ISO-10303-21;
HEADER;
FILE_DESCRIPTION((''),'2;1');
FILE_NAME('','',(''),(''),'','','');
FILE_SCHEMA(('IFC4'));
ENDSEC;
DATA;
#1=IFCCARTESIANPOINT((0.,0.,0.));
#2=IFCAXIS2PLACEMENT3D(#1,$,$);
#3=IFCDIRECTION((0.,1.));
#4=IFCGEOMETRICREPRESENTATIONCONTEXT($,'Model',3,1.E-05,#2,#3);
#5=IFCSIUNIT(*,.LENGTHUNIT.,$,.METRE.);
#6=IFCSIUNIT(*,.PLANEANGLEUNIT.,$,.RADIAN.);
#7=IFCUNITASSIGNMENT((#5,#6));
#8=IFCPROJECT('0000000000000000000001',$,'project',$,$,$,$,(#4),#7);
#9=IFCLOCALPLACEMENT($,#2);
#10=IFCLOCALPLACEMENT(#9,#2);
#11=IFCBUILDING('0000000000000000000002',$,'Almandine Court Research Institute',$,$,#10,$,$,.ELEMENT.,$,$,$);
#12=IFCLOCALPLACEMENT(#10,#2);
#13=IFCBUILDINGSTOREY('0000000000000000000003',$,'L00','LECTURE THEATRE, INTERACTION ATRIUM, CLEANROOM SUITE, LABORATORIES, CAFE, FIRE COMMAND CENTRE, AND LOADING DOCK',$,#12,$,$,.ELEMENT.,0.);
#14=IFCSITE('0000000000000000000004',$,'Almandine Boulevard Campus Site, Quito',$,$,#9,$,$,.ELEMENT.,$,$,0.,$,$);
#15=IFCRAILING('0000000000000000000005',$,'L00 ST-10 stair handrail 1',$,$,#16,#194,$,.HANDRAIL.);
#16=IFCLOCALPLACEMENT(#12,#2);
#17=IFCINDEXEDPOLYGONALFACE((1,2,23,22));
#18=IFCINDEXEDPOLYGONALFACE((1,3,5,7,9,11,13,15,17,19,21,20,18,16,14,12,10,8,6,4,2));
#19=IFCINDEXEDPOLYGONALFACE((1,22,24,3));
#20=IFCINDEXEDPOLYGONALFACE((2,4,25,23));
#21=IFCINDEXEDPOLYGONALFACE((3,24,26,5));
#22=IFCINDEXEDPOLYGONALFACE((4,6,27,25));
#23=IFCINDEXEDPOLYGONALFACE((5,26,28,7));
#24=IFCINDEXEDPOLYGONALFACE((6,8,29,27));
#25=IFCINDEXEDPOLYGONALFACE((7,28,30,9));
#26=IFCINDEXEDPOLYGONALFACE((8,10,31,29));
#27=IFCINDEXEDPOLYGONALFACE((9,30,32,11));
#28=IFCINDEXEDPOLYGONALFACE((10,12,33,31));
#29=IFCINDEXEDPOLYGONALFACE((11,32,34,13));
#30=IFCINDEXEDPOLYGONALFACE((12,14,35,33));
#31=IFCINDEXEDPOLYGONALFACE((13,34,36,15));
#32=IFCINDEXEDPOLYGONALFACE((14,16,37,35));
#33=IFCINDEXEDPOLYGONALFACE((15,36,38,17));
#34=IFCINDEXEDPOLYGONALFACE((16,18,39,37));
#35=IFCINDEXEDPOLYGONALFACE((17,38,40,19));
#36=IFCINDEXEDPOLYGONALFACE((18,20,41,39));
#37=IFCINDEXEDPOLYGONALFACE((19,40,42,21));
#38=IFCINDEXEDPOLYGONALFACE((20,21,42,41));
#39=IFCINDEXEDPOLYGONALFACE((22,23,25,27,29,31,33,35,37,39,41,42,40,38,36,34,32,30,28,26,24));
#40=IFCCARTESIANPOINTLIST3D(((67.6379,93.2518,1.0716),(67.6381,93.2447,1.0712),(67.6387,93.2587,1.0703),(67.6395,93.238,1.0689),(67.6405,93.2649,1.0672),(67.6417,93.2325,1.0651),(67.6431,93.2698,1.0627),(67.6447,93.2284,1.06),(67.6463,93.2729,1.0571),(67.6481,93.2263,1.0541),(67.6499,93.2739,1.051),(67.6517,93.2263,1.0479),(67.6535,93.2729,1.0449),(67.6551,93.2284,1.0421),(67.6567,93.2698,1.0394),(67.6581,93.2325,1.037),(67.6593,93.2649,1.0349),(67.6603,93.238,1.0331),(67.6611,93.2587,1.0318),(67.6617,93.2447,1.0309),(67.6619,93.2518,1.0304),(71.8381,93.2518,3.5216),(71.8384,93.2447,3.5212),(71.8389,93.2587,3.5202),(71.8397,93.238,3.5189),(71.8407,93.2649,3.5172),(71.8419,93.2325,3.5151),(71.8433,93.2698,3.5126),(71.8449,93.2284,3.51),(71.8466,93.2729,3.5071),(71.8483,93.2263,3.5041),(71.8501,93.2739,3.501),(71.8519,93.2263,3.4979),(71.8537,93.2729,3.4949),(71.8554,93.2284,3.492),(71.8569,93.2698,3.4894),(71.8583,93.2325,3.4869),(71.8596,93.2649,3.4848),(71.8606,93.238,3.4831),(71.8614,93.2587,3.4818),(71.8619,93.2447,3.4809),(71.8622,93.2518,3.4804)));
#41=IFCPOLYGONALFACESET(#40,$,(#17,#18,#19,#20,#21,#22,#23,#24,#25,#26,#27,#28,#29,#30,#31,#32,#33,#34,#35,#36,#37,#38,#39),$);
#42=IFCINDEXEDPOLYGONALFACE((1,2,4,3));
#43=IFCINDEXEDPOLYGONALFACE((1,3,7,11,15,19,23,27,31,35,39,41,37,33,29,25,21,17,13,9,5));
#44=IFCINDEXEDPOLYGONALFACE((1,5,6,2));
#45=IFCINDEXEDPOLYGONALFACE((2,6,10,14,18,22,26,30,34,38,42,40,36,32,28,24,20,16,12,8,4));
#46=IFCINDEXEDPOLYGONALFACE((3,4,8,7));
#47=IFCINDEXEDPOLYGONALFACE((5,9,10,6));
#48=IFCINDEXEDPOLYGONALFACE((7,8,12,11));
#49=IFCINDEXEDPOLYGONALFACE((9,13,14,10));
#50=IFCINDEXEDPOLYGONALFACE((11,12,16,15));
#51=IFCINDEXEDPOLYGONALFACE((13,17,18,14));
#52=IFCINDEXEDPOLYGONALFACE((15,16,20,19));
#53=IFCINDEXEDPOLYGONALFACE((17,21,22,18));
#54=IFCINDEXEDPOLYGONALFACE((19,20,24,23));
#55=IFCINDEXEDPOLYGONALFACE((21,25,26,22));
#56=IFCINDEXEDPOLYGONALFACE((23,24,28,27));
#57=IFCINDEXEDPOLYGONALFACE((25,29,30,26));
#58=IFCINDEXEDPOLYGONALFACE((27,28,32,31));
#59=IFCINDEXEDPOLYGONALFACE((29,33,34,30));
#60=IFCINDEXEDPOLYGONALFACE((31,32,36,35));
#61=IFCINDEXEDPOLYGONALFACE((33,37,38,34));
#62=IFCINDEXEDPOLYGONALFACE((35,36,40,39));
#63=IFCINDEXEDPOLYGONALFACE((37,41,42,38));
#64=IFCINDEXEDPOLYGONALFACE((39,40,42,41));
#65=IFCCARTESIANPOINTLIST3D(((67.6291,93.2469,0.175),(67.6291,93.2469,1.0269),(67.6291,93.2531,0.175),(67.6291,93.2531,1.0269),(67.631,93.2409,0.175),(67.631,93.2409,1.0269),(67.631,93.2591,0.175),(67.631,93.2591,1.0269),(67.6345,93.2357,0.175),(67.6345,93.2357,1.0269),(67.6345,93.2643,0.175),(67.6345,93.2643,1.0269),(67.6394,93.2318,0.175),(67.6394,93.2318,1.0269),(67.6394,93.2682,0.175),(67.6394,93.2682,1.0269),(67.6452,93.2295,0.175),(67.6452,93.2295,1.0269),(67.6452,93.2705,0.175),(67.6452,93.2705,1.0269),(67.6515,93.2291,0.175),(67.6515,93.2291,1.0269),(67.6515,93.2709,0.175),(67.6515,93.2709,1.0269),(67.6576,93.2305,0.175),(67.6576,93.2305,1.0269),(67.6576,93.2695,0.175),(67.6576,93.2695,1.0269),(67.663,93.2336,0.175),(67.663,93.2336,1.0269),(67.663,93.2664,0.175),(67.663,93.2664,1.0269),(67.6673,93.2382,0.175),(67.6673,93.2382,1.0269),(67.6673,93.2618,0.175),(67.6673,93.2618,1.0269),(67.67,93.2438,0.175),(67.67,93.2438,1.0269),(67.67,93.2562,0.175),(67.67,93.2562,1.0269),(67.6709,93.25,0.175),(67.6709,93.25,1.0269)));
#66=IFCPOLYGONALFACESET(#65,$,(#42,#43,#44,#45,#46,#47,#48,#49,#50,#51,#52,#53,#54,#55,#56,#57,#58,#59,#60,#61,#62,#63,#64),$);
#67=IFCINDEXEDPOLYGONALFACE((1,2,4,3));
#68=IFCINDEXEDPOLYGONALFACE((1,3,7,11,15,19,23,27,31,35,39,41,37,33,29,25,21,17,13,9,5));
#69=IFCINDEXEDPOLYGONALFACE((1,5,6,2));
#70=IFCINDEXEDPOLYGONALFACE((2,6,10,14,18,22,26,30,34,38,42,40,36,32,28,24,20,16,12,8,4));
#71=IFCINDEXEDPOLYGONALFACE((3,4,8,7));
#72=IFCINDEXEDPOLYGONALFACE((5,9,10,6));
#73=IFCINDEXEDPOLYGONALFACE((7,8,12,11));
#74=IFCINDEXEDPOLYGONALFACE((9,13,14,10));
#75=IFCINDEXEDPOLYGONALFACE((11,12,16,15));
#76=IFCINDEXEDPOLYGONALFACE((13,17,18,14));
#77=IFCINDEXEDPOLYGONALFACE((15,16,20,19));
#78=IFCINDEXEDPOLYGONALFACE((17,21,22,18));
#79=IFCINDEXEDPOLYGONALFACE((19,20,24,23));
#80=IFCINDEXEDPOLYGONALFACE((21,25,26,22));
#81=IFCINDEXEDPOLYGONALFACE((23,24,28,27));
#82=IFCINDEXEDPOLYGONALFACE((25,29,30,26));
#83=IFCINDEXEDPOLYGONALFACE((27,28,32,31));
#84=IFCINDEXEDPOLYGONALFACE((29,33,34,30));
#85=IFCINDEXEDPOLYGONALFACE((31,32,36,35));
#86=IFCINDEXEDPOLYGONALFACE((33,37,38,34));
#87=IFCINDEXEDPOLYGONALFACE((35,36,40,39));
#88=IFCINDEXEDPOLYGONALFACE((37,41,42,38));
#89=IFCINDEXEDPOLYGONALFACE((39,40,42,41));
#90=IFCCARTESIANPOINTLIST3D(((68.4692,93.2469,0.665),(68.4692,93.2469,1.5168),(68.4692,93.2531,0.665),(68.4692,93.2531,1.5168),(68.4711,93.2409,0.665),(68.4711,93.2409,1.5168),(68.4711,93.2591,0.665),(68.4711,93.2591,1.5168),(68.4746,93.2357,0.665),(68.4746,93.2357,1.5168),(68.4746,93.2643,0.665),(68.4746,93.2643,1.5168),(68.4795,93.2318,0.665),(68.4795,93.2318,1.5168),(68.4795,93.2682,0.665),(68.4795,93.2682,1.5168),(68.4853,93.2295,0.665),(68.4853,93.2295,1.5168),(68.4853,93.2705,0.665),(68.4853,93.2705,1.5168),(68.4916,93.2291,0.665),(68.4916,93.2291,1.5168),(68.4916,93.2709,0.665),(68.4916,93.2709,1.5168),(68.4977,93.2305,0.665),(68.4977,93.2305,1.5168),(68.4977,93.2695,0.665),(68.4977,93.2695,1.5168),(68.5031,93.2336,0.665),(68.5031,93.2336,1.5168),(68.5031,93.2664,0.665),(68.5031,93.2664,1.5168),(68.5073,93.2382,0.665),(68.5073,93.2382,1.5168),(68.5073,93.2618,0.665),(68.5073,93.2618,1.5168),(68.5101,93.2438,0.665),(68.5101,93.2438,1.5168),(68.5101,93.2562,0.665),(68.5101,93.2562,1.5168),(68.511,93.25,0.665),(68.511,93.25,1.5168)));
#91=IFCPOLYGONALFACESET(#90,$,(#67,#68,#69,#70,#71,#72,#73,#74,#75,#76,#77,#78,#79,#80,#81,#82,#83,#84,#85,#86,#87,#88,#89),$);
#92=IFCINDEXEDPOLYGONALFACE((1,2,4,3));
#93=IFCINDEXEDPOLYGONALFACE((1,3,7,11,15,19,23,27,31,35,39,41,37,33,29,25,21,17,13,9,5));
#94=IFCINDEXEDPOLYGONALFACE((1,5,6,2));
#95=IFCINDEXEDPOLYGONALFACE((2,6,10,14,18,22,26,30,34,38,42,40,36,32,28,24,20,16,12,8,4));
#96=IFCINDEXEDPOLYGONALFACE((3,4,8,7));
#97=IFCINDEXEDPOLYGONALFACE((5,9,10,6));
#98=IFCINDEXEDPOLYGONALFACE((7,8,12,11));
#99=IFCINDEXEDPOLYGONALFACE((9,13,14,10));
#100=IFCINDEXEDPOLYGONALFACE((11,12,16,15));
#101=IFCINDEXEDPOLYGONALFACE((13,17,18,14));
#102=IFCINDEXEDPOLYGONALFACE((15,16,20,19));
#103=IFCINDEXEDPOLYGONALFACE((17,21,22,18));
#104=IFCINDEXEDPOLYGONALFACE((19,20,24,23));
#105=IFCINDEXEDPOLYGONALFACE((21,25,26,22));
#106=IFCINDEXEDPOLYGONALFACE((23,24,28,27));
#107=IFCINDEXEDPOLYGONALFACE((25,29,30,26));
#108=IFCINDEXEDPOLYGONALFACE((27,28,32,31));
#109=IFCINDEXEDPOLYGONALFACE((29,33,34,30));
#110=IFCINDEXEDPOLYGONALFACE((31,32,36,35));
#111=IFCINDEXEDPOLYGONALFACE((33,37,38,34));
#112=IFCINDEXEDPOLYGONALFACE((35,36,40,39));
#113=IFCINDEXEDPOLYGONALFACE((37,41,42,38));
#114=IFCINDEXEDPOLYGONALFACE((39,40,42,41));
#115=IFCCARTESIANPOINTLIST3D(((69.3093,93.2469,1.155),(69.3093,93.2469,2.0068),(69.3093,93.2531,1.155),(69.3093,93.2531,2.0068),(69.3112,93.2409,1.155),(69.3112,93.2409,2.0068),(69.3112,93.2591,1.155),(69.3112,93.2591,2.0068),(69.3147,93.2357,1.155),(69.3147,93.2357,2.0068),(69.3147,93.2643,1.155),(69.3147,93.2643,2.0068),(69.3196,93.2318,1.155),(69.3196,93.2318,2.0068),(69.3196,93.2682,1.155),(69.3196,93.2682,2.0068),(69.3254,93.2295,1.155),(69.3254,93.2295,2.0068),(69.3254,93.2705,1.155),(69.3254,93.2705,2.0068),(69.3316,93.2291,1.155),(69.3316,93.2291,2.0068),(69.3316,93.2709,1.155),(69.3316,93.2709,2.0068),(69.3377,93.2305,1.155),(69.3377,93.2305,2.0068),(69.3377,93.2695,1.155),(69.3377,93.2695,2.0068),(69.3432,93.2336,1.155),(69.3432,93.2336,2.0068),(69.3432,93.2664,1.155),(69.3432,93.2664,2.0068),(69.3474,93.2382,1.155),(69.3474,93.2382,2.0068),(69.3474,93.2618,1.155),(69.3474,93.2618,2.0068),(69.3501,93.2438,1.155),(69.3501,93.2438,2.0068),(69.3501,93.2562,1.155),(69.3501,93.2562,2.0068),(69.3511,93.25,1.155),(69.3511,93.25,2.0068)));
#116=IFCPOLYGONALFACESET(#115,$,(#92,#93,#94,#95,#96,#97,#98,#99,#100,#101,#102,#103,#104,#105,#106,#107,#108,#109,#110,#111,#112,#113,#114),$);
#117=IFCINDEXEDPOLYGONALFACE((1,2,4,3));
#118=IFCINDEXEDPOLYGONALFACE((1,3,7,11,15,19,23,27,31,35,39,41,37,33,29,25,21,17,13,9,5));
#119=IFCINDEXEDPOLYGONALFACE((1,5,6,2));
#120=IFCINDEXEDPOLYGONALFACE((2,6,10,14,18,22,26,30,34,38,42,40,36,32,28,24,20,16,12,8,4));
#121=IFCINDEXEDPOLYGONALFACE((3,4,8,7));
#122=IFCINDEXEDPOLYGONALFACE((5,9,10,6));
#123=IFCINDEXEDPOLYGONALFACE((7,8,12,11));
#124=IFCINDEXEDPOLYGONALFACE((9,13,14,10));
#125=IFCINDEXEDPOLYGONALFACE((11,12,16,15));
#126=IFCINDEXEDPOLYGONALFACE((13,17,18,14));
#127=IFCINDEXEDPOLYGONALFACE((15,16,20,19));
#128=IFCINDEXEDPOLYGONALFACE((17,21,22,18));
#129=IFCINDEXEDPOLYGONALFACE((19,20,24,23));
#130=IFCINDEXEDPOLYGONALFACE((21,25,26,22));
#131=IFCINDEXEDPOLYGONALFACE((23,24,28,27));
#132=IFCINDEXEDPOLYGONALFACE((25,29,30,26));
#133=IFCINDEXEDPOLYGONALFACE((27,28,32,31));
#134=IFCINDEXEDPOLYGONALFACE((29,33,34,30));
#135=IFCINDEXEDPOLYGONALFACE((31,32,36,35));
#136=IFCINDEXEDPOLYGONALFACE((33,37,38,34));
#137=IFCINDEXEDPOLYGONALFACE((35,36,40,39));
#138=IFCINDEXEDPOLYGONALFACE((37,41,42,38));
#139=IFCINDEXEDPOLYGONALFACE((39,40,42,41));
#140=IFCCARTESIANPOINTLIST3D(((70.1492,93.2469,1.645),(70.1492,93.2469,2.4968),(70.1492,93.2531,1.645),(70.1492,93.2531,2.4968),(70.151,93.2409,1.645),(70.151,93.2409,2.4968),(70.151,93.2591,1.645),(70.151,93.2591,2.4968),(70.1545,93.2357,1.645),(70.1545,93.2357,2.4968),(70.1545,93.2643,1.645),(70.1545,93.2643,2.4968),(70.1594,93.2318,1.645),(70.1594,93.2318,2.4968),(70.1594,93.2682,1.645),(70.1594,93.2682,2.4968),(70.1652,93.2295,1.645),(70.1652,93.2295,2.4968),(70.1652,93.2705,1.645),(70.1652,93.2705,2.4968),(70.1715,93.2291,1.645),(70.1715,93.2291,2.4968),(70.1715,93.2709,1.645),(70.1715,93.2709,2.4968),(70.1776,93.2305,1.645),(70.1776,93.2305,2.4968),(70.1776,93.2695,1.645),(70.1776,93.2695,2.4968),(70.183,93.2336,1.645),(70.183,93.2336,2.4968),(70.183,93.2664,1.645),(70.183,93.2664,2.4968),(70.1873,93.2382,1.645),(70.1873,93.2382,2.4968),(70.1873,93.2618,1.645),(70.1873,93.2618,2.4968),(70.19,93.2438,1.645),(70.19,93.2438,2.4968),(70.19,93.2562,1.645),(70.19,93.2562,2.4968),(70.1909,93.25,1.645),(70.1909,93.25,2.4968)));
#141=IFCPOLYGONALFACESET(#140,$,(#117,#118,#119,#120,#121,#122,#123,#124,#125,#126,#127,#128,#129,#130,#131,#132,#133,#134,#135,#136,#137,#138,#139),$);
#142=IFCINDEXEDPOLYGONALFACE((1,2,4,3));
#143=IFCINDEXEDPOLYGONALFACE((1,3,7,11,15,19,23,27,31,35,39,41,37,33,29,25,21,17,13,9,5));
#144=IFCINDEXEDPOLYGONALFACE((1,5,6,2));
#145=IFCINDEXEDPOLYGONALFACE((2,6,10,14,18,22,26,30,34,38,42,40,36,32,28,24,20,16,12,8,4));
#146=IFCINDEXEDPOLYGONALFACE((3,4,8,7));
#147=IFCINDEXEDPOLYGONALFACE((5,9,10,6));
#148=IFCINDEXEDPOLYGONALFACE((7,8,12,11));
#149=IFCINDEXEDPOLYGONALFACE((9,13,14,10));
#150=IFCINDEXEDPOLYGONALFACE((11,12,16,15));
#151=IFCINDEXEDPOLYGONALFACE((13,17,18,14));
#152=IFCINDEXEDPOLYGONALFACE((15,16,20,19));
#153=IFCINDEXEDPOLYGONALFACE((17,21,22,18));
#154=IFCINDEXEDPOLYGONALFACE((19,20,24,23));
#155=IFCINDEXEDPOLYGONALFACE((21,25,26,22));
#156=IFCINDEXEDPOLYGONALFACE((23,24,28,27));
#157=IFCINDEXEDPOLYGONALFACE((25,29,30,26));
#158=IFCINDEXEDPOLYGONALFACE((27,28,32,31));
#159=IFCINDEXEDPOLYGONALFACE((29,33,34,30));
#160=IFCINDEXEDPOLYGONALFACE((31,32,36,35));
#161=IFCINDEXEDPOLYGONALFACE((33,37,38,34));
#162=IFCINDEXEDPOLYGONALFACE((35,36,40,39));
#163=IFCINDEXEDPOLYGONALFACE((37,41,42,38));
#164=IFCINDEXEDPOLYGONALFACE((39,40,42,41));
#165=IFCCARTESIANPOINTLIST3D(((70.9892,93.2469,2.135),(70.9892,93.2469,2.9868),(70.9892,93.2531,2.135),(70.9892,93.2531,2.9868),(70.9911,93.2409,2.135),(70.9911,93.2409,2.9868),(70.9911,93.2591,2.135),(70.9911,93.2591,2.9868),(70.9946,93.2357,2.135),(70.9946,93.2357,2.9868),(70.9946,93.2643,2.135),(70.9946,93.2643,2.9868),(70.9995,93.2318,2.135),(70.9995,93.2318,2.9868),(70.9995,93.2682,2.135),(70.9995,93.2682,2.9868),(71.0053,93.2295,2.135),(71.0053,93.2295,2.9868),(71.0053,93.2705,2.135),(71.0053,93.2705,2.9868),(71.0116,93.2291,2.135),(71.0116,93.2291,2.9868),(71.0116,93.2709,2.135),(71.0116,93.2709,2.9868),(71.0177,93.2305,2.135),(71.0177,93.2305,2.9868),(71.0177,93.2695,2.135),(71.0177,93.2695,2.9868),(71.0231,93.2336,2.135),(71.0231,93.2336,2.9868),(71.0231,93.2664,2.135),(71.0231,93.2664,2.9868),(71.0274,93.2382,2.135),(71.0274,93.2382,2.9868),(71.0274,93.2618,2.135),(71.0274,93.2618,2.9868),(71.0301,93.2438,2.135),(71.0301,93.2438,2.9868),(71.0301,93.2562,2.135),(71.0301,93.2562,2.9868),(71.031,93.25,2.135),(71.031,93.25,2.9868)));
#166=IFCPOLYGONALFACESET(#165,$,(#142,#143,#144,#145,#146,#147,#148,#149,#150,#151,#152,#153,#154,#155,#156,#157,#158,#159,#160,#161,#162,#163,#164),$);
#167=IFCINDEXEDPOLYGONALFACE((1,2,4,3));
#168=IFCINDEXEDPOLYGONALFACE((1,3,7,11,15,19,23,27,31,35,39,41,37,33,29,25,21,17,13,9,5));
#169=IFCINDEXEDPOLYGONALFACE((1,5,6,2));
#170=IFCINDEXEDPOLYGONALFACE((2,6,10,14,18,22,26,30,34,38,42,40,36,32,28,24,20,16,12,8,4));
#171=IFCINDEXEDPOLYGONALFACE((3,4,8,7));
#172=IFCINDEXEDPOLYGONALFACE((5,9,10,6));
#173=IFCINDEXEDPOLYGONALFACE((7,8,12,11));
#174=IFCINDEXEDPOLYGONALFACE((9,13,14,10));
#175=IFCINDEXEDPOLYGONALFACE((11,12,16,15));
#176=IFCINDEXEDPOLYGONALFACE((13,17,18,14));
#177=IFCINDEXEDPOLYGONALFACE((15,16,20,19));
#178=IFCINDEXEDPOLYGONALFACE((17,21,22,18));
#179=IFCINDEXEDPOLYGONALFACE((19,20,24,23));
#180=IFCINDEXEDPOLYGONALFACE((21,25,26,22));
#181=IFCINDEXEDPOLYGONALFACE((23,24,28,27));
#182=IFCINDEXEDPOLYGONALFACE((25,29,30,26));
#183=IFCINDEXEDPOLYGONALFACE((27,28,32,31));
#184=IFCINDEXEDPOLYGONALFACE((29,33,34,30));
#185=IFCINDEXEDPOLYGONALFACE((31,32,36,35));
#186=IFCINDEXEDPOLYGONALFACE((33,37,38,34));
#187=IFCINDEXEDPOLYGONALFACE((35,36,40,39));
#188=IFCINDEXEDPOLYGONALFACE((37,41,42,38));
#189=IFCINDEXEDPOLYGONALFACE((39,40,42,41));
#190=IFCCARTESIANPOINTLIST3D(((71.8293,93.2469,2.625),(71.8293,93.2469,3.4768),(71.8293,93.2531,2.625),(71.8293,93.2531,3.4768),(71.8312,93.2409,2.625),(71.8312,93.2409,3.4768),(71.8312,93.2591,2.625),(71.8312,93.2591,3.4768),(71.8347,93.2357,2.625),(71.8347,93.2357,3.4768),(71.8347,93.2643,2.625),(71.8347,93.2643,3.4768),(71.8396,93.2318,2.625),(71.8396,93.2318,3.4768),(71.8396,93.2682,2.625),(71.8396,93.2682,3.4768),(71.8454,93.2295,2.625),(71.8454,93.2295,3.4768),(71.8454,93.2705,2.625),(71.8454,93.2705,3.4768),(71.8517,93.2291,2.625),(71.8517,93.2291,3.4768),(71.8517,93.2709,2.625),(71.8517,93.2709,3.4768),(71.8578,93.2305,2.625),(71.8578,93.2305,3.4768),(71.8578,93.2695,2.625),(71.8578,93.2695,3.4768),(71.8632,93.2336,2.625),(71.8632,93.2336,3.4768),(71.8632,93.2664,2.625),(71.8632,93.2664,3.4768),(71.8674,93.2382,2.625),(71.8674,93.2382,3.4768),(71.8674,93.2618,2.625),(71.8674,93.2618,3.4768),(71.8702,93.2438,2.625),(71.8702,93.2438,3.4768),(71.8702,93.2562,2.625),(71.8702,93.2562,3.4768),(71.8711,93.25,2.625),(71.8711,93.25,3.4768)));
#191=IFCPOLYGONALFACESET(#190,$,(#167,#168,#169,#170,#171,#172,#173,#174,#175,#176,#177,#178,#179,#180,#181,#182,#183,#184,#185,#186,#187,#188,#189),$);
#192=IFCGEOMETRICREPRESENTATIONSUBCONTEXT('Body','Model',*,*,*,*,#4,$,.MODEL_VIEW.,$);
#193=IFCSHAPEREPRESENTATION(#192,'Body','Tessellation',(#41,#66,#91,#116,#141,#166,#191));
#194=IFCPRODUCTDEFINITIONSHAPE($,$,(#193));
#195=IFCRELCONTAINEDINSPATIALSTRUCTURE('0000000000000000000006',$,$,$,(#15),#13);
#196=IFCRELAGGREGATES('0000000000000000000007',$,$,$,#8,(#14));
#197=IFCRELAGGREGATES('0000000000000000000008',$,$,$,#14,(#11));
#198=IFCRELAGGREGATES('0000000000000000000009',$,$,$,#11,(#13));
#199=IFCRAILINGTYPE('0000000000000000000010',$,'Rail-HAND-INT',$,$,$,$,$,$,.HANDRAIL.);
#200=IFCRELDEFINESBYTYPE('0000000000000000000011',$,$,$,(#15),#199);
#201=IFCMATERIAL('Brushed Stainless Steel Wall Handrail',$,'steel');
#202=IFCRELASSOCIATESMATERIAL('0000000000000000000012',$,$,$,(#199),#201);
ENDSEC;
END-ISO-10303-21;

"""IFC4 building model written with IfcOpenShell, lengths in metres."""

from ifc_helpers import new_model, si_unit, direction, frame, origin, origin_2d, place, context, subcontext, project, spatial, circle, extrude, material, type_object, element, save


model = new_model("IFC4")

# Units and contexts
model_context = context("Model", 3, precision=1e-05, world=origin(), true_north=direction((0.0, 1.0)))
body_context = subcontext(model_context, "Body", "Model", "MODEL_VIEW")
ifc_project = project(units=[si_unit("LENGTHUNIT", "METRE"), si_unit("PLANEANGLEUNIT", "RADIAN")], contexts=[model_context])

# Site, building, storey
site_placement = place(None, origin())
site = spatial("IfcSite", under=ifc_project, at=site_placement, Name="Almandine Boulevard Campus Site, Quito", CompositionType="ELEMENT", RefElevation=0.0)
building_placement = place(site_placement, origin())
building = spatial("IfcBuilding", under=site, at=building_placement, Name="Almandine Court Research Institute", CompositionType="ELEMENT")
storey_placement = place(building_placement, origin())
storey = spatial("IfcBuildingStorey", under=building, at=storey_placement, Name="L00", Description="LECTURE THEATRE, INTERACTION ATRIUM, CLEANROOM SUITE, LABORATORIES, CAFE, FIRE COMMAND CENTRE, AND LOADING DOCK", CompositionType="ELEMENT", Elevation=0.0)

# Railing
ifc_material_1 = material(Name="Brushed Stainless Steel Wall Handrail", Category="steel")
railing_type_1 = type_object("IfcRailingType", Name="Rail-HAND-INT", PredefinedType="HANDRAIL", material=ifc_material_1)
railing_1_placement = place(storey_placement, frame((67.6499, 93.25, 0.175)))
element("IfcRailing", 1, at=railing_1_placement, inside=storey, type_object=railing_type_1, Name="L00 ST-10 stair handrail 1", PredefinedType="HANDRAIL", context=body_context, shape_type="SweptSolid", body=[
    extrude(circle(Radius=0.0239, at=origin_2d()), frame((0.0, 0.0, 0.876), z_axis=(0.863793, 0.0, 0.503846), x_axis=(0.0, 1.0, 0.0)), (0.0, 0.0, 1.0), 4.8625),
    extrude(circle(Radius=0.021, at=origin_2d()), origin(), (0.0, 0.0, 1.0), 0.8518),
    extrude(circle(Radius=0.021, at=origin_2d()), frame((0.8401, 0.0, 0.49)), (0.0, 0.0, 1.0), 0.8518),
    extrude(circle(Radius=0.021, at=origin_2d()), frame((1.6802, 0.0, 0.98)), (0.0, 0.0, 1.0), 0.8518),
    extrude(circle(Radius=0.021, at=origin_2d()), frame((2.52, 0.0, 1.47)), (0.0, 0.0, 1.0), 0.8518),
    extrude(circle(Radius=0.021, at=origin_2d()), frame((3.3601, 0.0, 1.96)), (0.0, 0.0, 1.0), 0.8518),
    extrude(circle(Radius=0.021, at=origin_2d()), frame((4.2002, 0.0, 2.45)), (0.0, 0.0, 1.0), 0.8518),
])

save(model, "model.ifc")
